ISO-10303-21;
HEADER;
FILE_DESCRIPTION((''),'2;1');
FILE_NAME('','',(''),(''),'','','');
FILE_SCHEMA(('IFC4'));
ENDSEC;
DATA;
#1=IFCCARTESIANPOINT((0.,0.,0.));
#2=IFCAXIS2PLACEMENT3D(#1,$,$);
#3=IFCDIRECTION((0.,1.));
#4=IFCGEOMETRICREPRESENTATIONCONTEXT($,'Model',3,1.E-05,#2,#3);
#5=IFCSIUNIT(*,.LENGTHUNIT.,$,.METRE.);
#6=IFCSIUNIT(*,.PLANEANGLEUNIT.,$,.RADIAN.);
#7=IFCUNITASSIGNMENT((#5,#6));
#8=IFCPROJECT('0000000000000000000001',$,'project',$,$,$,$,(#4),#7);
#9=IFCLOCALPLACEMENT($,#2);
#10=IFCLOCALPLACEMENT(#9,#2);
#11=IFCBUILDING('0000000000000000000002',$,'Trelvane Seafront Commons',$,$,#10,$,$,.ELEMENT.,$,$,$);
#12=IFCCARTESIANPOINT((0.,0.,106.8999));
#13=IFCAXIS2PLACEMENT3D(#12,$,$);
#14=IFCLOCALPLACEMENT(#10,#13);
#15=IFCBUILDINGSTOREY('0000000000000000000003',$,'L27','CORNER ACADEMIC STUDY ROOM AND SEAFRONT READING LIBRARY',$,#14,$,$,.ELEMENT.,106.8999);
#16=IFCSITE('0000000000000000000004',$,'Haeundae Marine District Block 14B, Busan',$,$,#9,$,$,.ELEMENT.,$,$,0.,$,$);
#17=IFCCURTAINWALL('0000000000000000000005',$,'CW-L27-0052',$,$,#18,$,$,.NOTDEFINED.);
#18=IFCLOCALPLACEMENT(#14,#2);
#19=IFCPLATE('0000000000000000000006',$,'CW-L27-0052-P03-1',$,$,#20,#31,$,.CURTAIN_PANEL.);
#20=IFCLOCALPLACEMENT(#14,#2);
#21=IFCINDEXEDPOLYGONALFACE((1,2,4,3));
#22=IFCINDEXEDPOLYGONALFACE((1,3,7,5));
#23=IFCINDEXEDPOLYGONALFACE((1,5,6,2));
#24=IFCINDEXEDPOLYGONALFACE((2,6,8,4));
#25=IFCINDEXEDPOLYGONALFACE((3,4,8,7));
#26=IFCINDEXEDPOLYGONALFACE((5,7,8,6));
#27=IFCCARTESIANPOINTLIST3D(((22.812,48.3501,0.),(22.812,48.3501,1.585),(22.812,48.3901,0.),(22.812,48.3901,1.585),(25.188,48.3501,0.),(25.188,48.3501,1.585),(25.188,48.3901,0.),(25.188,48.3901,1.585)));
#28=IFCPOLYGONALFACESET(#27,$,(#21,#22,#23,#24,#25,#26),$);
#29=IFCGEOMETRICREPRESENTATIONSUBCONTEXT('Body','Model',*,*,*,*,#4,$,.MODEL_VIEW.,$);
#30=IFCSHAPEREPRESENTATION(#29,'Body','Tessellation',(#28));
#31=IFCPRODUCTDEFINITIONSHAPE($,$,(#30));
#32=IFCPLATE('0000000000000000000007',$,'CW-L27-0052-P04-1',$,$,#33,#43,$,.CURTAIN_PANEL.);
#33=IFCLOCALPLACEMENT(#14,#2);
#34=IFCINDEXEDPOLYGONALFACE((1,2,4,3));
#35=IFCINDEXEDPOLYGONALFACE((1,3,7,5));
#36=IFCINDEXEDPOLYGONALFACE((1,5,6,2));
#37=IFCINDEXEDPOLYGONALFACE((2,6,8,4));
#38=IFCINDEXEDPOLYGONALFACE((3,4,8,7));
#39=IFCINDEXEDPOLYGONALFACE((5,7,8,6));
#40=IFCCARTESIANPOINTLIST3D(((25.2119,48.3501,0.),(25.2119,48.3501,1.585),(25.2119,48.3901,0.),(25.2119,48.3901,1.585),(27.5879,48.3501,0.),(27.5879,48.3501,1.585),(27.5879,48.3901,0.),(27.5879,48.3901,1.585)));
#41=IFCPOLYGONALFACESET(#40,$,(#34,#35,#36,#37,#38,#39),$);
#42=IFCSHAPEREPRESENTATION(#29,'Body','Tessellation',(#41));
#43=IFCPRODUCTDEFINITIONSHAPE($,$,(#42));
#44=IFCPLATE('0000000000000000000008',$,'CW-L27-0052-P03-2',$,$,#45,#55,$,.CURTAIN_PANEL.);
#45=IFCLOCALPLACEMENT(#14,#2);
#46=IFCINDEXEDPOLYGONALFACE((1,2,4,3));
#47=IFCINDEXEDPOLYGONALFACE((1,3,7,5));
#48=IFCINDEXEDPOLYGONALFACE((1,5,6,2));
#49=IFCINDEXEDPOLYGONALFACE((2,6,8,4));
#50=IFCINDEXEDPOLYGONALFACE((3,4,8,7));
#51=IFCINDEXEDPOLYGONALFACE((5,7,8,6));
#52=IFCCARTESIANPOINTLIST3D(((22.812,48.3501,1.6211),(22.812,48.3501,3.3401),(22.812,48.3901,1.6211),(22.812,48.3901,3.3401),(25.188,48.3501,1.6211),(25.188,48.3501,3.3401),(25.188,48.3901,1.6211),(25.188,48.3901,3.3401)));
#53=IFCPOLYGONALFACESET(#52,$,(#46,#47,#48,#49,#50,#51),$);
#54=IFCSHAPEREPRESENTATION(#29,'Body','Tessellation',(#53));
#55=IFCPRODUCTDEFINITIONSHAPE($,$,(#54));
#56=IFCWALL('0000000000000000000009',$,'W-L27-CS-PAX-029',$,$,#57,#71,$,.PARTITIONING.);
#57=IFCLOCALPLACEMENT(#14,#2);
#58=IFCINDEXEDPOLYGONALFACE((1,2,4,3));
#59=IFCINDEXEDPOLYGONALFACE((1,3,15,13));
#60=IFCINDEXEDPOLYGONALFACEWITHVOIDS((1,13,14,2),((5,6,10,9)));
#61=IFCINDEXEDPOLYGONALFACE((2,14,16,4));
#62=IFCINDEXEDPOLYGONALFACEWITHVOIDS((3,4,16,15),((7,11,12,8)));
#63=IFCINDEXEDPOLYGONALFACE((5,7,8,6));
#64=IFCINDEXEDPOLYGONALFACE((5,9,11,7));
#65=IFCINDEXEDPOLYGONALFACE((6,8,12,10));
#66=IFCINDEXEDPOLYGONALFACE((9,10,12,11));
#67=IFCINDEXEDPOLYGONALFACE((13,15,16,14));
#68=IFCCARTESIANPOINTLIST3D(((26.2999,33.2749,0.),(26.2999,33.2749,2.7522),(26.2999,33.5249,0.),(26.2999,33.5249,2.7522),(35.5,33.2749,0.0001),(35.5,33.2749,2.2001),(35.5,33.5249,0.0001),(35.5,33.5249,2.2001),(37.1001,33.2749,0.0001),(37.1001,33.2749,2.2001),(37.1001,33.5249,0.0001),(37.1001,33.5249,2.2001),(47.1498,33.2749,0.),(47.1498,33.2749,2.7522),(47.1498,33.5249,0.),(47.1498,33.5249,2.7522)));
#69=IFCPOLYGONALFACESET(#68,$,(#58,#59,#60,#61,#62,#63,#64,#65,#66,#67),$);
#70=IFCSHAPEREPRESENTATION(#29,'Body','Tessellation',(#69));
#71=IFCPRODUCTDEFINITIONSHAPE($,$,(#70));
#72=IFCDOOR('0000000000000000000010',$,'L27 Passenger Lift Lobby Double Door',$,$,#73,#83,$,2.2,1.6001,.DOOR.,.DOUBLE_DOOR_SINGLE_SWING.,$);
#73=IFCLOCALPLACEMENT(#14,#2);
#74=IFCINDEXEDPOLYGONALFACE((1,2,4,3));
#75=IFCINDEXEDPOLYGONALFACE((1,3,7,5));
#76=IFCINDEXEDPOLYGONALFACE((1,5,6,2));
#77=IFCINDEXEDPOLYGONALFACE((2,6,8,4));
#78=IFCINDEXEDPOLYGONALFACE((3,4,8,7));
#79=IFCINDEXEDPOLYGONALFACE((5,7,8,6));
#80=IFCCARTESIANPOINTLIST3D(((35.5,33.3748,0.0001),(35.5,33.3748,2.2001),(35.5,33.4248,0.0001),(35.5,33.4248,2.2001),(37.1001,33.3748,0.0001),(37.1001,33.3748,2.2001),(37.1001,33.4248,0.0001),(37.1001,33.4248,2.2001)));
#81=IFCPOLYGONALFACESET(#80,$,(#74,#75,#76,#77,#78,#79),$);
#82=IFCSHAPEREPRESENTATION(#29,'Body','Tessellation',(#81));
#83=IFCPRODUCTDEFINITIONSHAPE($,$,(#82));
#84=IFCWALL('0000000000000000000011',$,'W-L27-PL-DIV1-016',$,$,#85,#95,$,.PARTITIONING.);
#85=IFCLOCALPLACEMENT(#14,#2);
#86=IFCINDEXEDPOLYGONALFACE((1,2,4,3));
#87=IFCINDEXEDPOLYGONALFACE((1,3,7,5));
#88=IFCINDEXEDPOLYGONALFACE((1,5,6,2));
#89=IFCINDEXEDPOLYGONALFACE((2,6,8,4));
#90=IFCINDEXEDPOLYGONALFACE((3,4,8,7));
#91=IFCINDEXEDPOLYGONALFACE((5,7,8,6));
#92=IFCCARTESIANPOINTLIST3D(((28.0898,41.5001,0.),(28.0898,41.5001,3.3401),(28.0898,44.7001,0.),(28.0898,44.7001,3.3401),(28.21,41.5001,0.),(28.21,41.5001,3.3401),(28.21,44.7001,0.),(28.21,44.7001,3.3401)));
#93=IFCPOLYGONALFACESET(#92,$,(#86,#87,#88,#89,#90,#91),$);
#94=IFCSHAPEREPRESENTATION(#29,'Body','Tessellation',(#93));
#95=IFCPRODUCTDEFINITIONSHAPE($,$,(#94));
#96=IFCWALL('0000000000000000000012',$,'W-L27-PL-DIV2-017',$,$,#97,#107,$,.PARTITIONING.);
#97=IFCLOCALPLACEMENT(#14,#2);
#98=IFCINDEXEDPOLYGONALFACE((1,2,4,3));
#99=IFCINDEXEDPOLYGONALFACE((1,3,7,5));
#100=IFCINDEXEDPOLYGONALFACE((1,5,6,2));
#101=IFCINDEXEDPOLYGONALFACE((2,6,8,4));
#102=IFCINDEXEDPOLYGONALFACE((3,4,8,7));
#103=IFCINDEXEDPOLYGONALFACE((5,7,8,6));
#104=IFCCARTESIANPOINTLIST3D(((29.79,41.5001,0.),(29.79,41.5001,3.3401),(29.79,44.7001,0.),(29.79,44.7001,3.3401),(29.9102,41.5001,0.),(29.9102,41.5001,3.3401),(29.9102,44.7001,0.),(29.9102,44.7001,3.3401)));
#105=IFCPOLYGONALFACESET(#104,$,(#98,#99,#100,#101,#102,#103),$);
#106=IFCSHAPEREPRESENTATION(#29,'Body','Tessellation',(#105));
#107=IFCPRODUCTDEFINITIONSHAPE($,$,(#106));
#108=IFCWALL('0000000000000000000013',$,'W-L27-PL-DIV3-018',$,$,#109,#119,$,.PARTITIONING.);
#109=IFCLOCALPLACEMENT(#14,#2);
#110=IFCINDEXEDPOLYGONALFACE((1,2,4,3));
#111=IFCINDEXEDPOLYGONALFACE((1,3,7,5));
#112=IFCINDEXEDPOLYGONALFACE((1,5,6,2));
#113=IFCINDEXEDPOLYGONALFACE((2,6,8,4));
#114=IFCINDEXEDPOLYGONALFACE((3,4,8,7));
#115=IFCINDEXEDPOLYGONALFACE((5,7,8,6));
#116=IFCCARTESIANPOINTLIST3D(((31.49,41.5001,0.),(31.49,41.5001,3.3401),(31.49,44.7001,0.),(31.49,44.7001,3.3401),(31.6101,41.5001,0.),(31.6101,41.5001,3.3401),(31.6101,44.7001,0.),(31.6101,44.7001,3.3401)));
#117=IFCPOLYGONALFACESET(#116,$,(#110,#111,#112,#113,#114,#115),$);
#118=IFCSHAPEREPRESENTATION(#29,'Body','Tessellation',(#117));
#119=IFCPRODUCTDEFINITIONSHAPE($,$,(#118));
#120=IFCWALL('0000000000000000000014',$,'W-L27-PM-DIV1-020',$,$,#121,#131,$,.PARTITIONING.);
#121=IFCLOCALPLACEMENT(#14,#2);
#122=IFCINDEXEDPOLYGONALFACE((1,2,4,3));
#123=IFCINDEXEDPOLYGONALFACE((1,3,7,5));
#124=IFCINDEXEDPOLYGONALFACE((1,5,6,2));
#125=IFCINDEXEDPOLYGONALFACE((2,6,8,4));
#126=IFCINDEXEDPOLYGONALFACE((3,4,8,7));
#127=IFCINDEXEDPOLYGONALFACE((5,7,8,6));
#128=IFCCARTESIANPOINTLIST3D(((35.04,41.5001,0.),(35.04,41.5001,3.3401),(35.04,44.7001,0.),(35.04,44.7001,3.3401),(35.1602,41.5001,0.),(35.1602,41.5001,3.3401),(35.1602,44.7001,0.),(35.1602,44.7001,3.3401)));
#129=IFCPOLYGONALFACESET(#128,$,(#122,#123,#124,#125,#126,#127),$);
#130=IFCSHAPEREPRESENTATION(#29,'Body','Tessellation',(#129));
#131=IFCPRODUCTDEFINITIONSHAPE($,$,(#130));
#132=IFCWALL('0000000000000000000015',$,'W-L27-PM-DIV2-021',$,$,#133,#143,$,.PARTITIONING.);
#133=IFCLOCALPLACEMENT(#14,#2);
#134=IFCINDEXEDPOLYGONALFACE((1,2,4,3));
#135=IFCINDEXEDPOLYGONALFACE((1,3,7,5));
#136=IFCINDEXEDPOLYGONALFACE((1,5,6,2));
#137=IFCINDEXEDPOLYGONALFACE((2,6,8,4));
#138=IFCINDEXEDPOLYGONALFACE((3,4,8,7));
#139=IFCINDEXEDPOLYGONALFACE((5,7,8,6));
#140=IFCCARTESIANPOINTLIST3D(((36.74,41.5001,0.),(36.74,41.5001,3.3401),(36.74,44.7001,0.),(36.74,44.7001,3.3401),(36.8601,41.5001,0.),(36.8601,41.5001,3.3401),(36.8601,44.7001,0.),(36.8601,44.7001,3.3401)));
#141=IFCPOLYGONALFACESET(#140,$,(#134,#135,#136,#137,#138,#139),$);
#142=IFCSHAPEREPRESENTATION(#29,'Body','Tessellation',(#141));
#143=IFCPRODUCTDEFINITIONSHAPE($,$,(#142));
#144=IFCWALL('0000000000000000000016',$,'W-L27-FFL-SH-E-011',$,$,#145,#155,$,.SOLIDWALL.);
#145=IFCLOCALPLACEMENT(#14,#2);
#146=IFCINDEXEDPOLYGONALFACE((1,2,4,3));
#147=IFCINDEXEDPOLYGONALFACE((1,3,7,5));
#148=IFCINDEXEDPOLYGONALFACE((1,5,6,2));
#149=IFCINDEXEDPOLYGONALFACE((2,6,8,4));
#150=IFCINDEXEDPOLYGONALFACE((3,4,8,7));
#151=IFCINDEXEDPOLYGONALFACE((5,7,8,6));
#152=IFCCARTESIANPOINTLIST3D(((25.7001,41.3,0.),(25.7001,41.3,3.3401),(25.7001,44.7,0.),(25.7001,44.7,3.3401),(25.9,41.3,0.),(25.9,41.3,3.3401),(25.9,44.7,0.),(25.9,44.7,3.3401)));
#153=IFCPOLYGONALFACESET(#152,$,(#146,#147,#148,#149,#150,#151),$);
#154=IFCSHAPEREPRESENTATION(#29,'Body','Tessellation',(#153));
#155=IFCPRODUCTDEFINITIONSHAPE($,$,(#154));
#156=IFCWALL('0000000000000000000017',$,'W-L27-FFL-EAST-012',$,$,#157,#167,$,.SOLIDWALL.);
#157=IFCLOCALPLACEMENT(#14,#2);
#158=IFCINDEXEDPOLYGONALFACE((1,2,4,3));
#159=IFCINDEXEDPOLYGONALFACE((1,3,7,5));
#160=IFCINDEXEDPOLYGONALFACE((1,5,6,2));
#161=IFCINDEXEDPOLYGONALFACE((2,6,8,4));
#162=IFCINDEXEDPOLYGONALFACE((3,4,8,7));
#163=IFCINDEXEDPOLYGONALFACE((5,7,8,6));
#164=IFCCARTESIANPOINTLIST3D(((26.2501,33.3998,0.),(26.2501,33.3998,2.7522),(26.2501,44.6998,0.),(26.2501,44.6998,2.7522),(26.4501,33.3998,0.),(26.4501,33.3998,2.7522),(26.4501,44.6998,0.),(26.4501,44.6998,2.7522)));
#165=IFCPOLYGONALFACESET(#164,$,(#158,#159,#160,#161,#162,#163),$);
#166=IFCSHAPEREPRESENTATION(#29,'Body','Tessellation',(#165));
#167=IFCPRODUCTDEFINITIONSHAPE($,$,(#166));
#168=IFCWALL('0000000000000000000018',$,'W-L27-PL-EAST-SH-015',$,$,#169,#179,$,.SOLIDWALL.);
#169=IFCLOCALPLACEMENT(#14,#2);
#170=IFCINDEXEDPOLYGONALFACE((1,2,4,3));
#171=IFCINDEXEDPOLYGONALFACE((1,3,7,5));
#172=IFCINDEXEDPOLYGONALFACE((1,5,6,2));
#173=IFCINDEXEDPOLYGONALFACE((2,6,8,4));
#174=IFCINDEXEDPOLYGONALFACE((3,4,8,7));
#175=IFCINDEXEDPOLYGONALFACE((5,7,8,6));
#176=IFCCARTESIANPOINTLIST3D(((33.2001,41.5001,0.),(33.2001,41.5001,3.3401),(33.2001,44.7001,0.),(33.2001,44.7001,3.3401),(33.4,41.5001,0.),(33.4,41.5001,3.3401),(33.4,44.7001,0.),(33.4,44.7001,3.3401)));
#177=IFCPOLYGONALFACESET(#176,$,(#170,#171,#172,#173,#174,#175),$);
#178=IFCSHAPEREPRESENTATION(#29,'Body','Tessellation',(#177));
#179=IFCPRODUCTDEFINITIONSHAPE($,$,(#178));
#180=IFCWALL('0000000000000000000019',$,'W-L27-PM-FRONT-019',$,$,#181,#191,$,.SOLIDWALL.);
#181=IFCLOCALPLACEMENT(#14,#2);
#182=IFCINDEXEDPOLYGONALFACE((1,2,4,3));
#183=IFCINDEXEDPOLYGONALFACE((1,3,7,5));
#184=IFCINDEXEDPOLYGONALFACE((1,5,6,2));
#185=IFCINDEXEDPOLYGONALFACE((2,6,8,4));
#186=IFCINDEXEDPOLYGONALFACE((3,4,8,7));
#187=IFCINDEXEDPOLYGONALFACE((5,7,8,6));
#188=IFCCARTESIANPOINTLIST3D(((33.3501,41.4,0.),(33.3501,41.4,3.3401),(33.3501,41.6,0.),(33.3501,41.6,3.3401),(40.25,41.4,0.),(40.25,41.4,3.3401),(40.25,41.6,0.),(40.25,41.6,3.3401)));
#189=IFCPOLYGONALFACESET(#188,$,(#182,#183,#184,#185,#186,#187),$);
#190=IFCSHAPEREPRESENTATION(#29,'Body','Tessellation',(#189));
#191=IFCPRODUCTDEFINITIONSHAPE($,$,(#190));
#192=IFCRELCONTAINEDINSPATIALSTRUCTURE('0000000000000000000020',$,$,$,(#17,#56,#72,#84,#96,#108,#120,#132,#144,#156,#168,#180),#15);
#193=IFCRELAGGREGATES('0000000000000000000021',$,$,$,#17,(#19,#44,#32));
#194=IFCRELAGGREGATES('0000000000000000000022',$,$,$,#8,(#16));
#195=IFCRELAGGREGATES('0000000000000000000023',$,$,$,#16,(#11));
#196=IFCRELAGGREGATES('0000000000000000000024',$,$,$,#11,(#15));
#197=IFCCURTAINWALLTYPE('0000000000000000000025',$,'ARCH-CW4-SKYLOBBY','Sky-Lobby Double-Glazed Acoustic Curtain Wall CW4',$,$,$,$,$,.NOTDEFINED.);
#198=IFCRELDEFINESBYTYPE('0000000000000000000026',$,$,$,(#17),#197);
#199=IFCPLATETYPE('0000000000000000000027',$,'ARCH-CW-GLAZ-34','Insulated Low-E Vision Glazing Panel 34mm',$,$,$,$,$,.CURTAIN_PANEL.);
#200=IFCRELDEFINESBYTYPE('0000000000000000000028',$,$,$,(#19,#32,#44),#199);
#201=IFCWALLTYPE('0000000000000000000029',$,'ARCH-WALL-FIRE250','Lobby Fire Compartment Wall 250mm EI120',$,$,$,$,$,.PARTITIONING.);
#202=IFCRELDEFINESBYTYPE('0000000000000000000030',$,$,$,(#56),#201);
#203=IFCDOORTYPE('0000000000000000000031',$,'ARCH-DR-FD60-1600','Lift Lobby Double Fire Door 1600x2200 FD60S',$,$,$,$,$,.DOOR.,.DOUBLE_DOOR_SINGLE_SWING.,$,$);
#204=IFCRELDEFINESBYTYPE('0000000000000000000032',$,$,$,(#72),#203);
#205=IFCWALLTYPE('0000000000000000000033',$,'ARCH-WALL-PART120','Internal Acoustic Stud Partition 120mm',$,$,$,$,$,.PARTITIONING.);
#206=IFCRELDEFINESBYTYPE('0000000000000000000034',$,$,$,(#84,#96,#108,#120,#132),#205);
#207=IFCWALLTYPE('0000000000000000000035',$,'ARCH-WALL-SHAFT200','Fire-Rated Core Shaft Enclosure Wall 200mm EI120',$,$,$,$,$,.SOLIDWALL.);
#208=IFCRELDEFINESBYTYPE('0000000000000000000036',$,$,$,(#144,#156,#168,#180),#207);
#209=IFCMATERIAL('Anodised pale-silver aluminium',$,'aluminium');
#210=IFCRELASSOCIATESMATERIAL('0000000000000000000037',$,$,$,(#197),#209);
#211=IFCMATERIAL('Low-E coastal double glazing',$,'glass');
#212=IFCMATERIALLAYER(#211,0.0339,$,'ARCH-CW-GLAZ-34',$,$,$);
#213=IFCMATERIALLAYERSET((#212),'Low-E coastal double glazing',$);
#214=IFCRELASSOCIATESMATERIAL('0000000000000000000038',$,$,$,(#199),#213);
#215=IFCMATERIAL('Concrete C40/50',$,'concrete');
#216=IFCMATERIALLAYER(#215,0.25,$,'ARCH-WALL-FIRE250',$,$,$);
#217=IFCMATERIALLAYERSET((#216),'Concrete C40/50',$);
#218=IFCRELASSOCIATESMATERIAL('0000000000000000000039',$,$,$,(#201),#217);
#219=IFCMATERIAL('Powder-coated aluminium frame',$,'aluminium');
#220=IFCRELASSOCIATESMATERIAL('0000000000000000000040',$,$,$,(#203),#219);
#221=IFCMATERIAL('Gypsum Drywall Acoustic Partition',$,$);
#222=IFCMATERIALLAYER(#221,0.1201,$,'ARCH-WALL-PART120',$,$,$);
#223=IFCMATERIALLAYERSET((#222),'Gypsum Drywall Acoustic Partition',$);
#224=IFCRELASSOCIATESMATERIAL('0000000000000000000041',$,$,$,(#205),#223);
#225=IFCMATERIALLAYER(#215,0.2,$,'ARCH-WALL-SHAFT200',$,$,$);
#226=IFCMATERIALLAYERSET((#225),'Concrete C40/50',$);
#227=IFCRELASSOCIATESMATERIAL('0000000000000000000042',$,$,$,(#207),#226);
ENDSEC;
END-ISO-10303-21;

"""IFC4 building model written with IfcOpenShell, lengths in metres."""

from ifc_helpers import new_model, si_unit, direction, frame, frame_2d, origin, origin_2d, place, context, subcontext, project, spatial, rectangle, extrude, source, transform, mapped, material, layer, layer_set, type_object, element, fill, aggregate, save


model = new_model("IFC4")

# Units and contexts
model_context = context("Model", 3, precision=1e-05, world=origin(), true_north=direction((0.0, 1.0)))
body_context = subcontext(model_context, "Body", "Model", "MODEL_VIEW")
ifc_project = project(units=[si_unit("LENGTHUNIT", "METRE"), si_unit("PLANEANGLEUNIT", "RADIAN")], contexts=[model_context])

# Site, building, storey
site_placement = place(None, origin())
site = spatial("IfcSite", under=ifc_project, at=site_placement, Name="Haeundae Marine District Block 14B, Busan", CompositionType="ELEMENT", RefElevation=0.0)
building_placement = place(site_placement, origin())
building = spatial("IfcBuilding", under=site, at=building_placement, Name="Trelvane Seafront Commons", CompositionType="ELEMENT")
storey_placement = place(building_placement, frame((0.0, 0.0, 106.8999)))
storey = spatial("IfcBuildingStorey", under=building, at=storey_placement, Name="L27", Description="CORNER ACADEMIC STUDY ROOM AND SEAFRONT READING LIBRARY", CompositionType="ELEMENT", Elevation=106.8999)

# Curtain wall, plates
ifc_material_1 = material(Name="Anodised pale-silver aluminium", Category="aluminium")
curtain_wall_type = type_object("IfcCurtainWallType", Name="ARCH-CW4-SKYLOBBY", Description="Sky-Lobby Double-Glazed Acoustic Curtain Wall CW4", PredefinedType="NOTDEFINED", material=ifc_material_1)
curtain_wall_placement = place(storey_placement, origin())
curtain_wall = element("IfcCurtainWall", 1, at=curtain_wall_placement, inside=storey, type_object=curtain_wall_type, Name="CW-L27-0052", PredefinedType="NOTDEFINED")
ifc_material_2 = material(Name="Low-E coastal double glazing", Category="glass")
ifc_layer_1 = layer(ifc_material_2, 0.0339, Name="ARCH-CW-GLAZ-34")
ifc_layer_set_1 = layer_set([ifc_layer_1], Name="Low-E coastal double glazing")
plate_type = type_object("IfcPlateType", Name="ARCH-CW-GLAZ-34", Description="Insulated Low-E Vision Glazing Panel 34mm", PredefinedType="CURTAIN_PANEL", material=ifc_layer_set_1)
shared_shape_1 = source(origin(), body_context, "Body", "SweptSolid", [
    extrude(rectangle(XDim=2.376, YDim=0.04, at=origin_2d()), origin(), (0.0, 0.0, 1.0), 1.585),
])
plate_1_placement = place(storey_placement, frame((24.0, 48.3701, 0.0), z_axis=(0.0, 0.0, 1.0), x_axis=(1.0, 0.0, 0.0)))
plate_1 = element("IfcPlate", 2, at=plate_1_placement, type_object=plate_type, Name="CW-L27-0052-P03-1", PredefinedType="CURTAIN_PANEL", context=body_context, shape_type="MappedRepresentation", body=[
    mapped(shared_shape_1, transform((0.0, 0.0, 0.0), x_axis=(1.0, 0.0, 0.0), y_axis=(0.0, 1.0, 0.0), z_axis=(0.0, 0.0, 1.0), scale=1.0)),
])
plate_2_placement = place(storey_placement, frame((26.3999, 48.3701, 0.0), z_axis=(0.0, 0.0, 1.0), x_axis=(1.0, 0.0, 0.0)))
plate_2 = element("IfcPlate", 3, at=plate_2_placement, type_object=plate_type, Name="CW-L27-0052-P04-1", PredefinedType="CURTAIN_PANEL", context=body_context, shape_type="MappedRepresentation", body=[
    mapped(shared_shape_1, transform((0.0, 0.0, 0.0), x_axis=(1.0, 0.0, 0.0), y_axis=(0.0, 1.0, 0.0), z_axis=(0.0, 0.0, 1.0), scale=1.0)),
])
shared_shape_2 = source(origin(), body_context, "Body", "SweptSolid", [
    extrude(rectangle(XDim=2.376, YDim=0.04, at=origin_2d()), origin(), (0.0, 0.0, 1.0), 1.719),
])
plate_3_placement = place(storey_placement, frame((24.0, 48.3701, 1.6211), z_axis=(0.0, 0.0, 1.0), x_axis=(1.0, 0.0, 0.0)))
plate_3 = element("IfcPlate", 4, at=plate_3_placement, type_object=plate_type, Name="CW-L27-0052-P03-2", PredefinedType="CURTAIN_PANEL", context=body_context, shape_type="MappedRepresentation", body=[
    mapped(shared_shape_2, transform((0.0, 0.0, 0.0), x_axis=(1.0, 0.0, 0.0), y_axis=(0.0, 1.0, 0.0), z_axis=(0.0, 0.0, 1.0), scale=1.0)),
])
aggregate(curtain_wall, [plate_1, plate_3, plate_2])

# Wall, opening, door
ifc_material_3 = material(Name="Concrete C40/50", Category="concrete")
ifc_layer_2 = layer(ifc_material_3, 0.25, Name="ARCH-WALL-FIRE250")
ifc_layer_set_2 = layer_set([ifc_layer_2], Name="Concrete C40/50")
wall_type_1 = type_object("IfcWallType", Name="ARCH-WALL-FIRE250", Description="Lobby Fire Compartment Wall 250mm EI120", PredefinedType="PARTITIONING", material=ifc_layer_set_2)
wall_1_placement = place(storey_placement, frame((26.3, 33.3999, 0.0), z_axis=(0.0, 0.0, 1.0), x_axis=(1.0, 0.0, 0.0)))
wall_1 = element("IfcWall", 5, at=wall_1_placement, inside=storey, type_object=wall_type_1, Name="W-L27-CS-PAX-029", PredefinedType="PARTITIONING", context=body_context, shape_type="SweptSolid", body=[
    extrude(rectangle(XDim=20.8499, YDim=0.25, at=frame_2d((10.4248, 0.0))), origin(), (0.0, 0.0, 1.0), 2.7522),
])
opening_1_placement = place(wall_1_placement, frame((9.2, 0.0, 0.0)))
opening_1 = element("IfcOpeningElement", 6, at=opening_1_placement, cuts=wall_1, PredefinedType="OPENING", context=body_context, shape_type="SweptSolid", body=[
    extrude(rectangle(XDim=1.6001, YDim=2.2, at=frame_2d((0.8, 1.1001))), frame((0.0, 0.135, 0.0), z_axis=(0.0, -1.0, 0.0), x_axis=(1.0, 0.0, 0.0)), (0.0, 0.0, 1.0), 0.27),
])
ifc_material_4 = material(Name="Powder-coated aluminium frame", Category="aluminium")
door_type_1 = type_object("IfcDoorType", Name="ARCH-DR-FD60-1600", Description="Lift Lobby Double Fire Door 1600x2200 FD60S", OperationType="DOUBLE_DOOR_SINGLE_SWING", PredefinedType="DOOR", material=ifc_material_4)
shared_shape_3 = source(origin(), body_context, "Body", "SweptSolid", [
    extrude(rectangle(XDim=1.6001, YDim=2.2, at=frame_2d((0.8, 1.1001))), frame((0.0, 0.0249, 0.0), z_axis=(0.0, -1.0, 0.0), x_axis=(1.0, 0.0, 0.0)), (0.0, 0.0, 1.0), 0.05),
])
door_1_placement = place(opening_1_placement, origin())
door_1 = element("IfcDoor", 7, at=door_1_placement, inside=storey, type_object=door_type_1, Name="L27 Passenger Lift Lobby Double Door", OperationType="DOUBLE_DOOR_SINGLE_SWING", OverallHeight=2.2, OverallWidth=1.6001, PredefinedType="DOOR", context=body_context, shape_type="MappedRepresentation", body=[
    mapped(shared_shape_3, transform((0.0, 0.0, 0.0), x_axis=(1.0, 0.0, 0.0), y_axis=(0.0, 1.0, 0.0), z_axis=(0.0, 0.0, 1.0), scale=1.0)),
])
fill(opening_1, door_1)

# Walls
ifc_material_5 = material(Name="Gypsum Drywall Acoustic Partition")
ifc_layer_3 = layer(ifc_material_5, 0.1201, Name="ARCH-WALL-PART120")
ifc_layer_set_3 = layer_set([ifc_layer_3], Name="Gypsum Drywall Acoustic Partition")
wall_type_2 = type_object("IfcWallType", Name="ARCH-WALL-PART120", Description="Internal Acoustic Stud Partition 120mm", PredefinedType="PARTITIONING", material=ifc_layer_set_3)
for number, where, z_axis, x_axis, name in (
    (8, (28.1499, 41.5, 0.0), (0.0, 0.0, 1.0), (0.0, 1.0, 0.0), "W-L27-PL-DIV1-016"),
    (9, (29.8501, 41.5, 0.0), (0.0, 0.0, 1.0), (0.0, 1.0, 0.0), "W-L27-PL-DIV2-017"),
    (10, (31.55, 41.5, 0.0), (0.0, 0.0, 1.0), (0.0, 1.0, 0.0), "W-L27-PL-DIV3-018"),
    (11, (35.1001, 41.5, 0.0), (0.0, 0.0, 1.0), (0.0, 1.0, 0.0), "W-L27-PM-DIV1-020"),
    (12, (36.8, 41.5, 0.0), (0.0, 0.0, 1.0), (0.0, 1.0, 0.0), "W-L27-PM-DIV2-021"),
):
    element("IfcWall", number, at=place(storey_placement, frame(where, z_axis=z_axis, x_axis=x_axis)), inside=storey, type_object=wall_type_2, Name=name, PredefinedType="PARTITIONING", context=body_context, shape_type="SweptSolid", body=[
        extrude(rectangle(XDim=3.2, YDim=0.1201, at=frame_2d((1.6001, 0.0))), origin(), (0.0, 0.0, 1.0), 3.3401),
    ])
ifc_layer_4 = layer(ifc_material_3, 0.2, Name="ARCH-WALL-SHAFT200")
ifc_layer_set_4 = layer_set([ifc_layer_4], Name="Concrete C40/50")
wall_type_3 = type_object("IfcWallType", Name="ARCH-WALL-SHAFT200", Description="Fire-Rated Core Shaft Enclosure Wall 200mm EI120", PredefinedType="SOLIDWALL", material=ifc_layer_set_4)
wall_2_placement = place(storey_placement, frame((25.8, 41.3, 0.0), z_axis=(0.0, 0.0, 1.0), x_axis=(0.0, 1.0, 0.0)))
element("IfcWall", 13, at=wall_2_placement, inside=storey, type_object=wall_type_3, Name="W-L27-FFL-SH-E-011", PredefinedType="SOLIDWALL", context=body_context, shape_type="SweptSolid", body=[
    extrude(rectangle(XDim=3.3999, YDim=0.2, at=frame_2d((1.7, 0.0))), origin(), (0.0, 0.0, 1.0), 3.3401),
])
wall_3_placement = place(storey_placement, frame((26.3501, 33.3999, 0.0), z_axis=(0.0, 0.0, 1.0), x_axis=(0.0, 1.0, 0.0)))
element("IfcWall", 14, at=wall_3_placement, inside=storey, type_object=wall_type_3, Name="W-L27-FFL-EAST-012", PredefinedType="SOLIDWALL", context=body_context, shape_type="SweptSolid", body=[
    extrude(rectangle(XDim=11.3, YDim=0.2, at=frame_2d((5.6499, 0.0))), origin(), (0.0, 0.0, 1.0), 2.7522),
])

# Walls
wall_4_placement = place(storey_placement, frame((33.3, 41.5, 0.0), z_axis=(0.0, 0.0, 1.0), x_axis=(0.0, 1.0, 0.0)))
element("IfcWall", 15, at=wall_4_placement, inside=storey, type_object=wall_type_3, Name="W-L27-PL-EAST-SH-015", PredefinedType="SOLIDWALL", context=body_context, shape_type="SweptSolid", body=[
    extrude(rectangle(XDim=3.2, YDim=0.2, at=frame_2d((1.6001, 0.0))), origin(), (0.0, 0.0, 1.0), 3.3401),
])
wall_5_placement = place(storey_placement, frame((33.3501, 41.5, 0.0), z_axis=(0.0, 0.0, 1.0), x_axis=(1.0, 0.0, 0.0)))
element("IfcWall", 16, at=wall_5_placement, inside=storey, type_object=wall_type_3, Name="W-L27-PM-FRONT-019", PredefinedType="SOLIDWALL", context=body_context, shape_type="SweptSolid", body=[
    extrude(rectangle(XDim=6.8999, YDim=0.2, at=frame_2d((3.45, 0.0))), origin(), (0.0, 0.0, 1.0), 3.3401),
])

save(model, "model.ifc")
